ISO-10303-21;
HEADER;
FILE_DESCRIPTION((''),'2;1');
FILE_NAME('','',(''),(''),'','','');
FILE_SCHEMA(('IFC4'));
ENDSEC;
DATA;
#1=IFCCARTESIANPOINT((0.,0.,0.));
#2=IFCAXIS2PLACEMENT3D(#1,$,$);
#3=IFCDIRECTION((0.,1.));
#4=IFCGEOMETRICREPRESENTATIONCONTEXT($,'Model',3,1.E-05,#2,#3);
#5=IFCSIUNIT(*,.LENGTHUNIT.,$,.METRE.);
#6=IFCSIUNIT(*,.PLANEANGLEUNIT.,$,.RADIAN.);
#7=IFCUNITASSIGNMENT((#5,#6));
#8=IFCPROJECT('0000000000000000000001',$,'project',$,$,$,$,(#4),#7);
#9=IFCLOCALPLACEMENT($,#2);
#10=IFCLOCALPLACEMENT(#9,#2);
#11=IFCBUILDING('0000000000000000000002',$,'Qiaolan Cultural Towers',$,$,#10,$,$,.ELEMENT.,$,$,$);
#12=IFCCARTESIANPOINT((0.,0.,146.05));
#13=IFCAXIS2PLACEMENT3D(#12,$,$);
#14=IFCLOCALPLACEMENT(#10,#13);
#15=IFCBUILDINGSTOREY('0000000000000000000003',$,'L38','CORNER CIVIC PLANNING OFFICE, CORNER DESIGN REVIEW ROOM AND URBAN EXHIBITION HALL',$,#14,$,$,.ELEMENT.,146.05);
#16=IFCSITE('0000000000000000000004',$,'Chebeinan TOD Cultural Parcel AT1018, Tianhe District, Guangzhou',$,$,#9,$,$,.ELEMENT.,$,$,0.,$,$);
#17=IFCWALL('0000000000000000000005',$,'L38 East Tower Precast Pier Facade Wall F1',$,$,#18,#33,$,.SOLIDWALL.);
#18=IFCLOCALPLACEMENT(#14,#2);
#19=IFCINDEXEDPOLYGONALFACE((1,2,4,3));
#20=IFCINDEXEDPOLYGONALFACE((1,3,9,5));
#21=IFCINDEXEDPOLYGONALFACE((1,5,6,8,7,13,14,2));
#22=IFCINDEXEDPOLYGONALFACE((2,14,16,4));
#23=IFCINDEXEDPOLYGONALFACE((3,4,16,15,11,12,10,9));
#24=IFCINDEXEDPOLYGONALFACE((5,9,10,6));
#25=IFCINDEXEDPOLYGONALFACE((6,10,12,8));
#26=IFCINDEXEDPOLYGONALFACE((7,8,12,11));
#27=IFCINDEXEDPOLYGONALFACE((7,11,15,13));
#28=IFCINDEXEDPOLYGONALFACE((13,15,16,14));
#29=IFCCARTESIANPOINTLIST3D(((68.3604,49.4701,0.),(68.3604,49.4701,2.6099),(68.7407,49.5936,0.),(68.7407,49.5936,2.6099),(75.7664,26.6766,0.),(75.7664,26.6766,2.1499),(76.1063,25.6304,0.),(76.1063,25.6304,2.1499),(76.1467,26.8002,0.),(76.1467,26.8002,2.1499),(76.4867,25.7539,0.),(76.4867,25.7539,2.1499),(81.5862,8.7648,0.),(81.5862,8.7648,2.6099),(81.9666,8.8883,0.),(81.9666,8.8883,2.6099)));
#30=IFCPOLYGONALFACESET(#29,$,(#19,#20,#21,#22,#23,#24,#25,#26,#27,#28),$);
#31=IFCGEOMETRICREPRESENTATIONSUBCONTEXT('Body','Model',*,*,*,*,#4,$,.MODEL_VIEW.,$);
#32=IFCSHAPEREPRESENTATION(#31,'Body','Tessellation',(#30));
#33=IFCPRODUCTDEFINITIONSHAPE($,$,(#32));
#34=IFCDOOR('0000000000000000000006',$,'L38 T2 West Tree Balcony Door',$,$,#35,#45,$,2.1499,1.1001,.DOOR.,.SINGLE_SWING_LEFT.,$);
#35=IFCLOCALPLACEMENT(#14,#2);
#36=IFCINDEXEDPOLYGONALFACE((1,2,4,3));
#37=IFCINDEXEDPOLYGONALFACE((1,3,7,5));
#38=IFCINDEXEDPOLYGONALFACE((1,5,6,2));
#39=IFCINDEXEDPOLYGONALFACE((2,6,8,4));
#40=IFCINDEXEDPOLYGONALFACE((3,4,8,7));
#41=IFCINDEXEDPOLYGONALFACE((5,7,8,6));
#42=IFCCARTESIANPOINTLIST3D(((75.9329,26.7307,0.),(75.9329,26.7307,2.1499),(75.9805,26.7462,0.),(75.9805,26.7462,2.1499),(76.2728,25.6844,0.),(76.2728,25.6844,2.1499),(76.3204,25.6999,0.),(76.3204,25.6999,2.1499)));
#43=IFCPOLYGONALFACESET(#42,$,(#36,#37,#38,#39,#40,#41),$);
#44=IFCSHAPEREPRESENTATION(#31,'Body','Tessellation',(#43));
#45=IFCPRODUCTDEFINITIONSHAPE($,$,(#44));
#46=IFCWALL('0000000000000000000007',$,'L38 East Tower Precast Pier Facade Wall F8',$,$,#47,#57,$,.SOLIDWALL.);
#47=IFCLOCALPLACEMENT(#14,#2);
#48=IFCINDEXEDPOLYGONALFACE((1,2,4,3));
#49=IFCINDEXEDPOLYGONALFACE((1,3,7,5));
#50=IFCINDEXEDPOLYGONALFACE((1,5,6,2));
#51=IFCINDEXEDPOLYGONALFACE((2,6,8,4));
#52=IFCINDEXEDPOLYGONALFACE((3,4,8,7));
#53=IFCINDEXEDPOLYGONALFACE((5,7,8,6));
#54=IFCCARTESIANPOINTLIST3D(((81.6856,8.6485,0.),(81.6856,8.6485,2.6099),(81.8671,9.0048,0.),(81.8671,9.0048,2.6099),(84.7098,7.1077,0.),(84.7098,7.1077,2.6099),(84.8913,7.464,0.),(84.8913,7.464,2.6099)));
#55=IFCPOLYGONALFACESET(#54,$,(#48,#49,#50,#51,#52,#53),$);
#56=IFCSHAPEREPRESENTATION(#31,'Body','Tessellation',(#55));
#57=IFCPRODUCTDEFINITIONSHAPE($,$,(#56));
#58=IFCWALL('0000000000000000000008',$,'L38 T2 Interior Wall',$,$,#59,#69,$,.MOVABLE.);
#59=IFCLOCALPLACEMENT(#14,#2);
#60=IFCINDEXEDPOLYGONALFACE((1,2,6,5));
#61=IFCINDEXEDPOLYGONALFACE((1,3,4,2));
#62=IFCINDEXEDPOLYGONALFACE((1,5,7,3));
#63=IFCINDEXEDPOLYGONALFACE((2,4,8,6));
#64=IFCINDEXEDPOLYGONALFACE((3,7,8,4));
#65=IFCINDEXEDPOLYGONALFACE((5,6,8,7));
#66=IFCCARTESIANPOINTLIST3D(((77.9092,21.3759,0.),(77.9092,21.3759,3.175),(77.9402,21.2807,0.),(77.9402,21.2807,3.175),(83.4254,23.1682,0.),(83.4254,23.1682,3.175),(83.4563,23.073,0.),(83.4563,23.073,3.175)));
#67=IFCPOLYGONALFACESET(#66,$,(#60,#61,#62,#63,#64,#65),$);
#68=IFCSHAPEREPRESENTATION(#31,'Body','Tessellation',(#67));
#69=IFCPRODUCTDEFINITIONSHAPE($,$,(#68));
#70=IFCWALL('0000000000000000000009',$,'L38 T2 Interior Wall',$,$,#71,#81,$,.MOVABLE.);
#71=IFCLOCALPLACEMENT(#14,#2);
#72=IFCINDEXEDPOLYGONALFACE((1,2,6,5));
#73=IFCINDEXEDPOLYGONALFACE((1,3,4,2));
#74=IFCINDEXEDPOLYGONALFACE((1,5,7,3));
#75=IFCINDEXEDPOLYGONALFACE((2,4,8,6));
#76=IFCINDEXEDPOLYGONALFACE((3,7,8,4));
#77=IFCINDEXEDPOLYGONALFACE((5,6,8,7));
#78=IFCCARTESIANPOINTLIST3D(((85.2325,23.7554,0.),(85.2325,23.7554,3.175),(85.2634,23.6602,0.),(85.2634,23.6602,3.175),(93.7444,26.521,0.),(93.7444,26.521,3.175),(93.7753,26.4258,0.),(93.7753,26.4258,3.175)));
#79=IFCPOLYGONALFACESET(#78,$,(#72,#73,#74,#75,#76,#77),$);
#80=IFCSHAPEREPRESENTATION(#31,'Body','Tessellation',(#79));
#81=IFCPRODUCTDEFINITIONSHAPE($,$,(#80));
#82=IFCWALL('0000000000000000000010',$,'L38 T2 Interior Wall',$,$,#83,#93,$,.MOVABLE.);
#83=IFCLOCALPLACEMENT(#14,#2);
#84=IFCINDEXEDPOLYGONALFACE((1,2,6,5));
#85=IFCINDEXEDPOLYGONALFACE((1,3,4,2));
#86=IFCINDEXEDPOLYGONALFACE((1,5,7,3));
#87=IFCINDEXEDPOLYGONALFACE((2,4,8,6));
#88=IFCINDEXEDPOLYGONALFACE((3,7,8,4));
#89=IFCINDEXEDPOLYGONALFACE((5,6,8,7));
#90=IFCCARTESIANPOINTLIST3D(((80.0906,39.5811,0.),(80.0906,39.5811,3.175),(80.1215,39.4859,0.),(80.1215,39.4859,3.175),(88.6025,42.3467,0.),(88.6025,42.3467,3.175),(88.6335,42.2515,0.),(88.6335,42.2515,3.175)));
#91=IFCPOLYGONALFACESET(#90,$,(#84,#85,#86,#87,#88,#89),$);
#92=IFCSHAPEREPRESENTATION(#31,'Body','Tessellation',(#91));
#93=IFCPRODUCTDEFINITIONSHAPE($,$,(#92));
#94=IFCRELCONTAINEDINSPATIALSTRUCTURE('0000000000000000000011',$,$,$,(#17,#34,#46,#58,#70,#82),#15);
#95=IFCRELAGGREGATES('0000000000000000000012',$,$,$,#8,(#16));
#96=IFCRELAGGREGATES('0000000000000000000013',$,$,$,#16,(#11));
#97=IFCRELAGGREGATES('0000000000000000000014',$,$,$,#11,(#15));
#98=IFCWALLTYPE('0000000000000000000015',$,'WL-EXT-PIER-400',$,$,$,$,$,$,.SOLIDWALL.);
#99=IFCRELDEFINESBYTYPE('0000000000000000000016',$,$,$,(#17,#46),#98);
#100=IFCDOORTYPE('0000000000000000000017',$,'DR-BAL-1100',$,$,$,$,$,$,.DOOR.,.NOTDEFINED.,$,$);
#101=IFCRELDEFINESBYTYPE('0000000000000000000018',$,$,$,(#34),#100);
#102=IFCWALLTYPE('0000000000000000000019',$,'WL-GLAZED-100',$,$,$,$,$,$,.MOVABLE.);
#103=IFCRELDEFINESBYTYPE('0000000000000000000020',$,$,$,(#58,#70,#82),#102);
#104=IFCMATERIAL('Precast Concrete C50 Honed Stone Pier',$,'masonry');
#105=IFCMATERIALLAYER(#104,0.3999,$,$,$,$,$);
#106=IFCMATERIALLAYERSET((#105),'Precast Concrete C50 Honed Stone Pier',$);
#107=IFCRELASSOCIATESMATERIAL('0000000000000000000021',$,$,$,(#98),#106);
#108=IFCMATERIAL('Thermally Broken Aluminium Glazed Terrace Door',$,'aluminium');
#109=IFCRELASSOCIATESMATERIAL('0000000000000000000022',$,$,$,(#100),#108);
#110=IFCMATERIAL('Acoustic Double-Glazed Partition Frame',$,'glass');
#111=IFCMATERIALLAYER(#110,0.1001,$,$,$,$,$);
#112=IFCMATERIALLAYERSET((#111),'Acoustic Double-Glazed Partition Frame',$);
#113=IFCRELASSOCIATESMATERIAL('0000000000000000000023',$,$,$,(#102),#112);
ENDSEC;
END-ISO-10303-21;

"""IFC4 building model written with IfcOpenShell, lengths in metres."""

from ifc_helpers import new_model, si_unit, direction, frame, frame_2d, origin, place, context, subcontext, project, spatial, rectangle, extrude, material, layer, layer_set, type_object, element, fill, save


model = new_model("IFC4")

# Units and contexts
model_context = context("Model", 3, precision=1e-05, world=origin(), true_north=direction((0.0, 1.0)))
body_context = subcontext(model_context, "Body", "Model", "MODEL_VIEW")
ifc_project = project(units=[si_unit("LENGTHUNIT", "METRE"), si_unit("PLANEANGLEUNIT", "RADIAN")], contexts=[model_context])

# Site, building, storey
site_placement = place(None, origin())
site = spatial("IfcSite", under=ifc_project, at=site_placement, Name="Chebeinan TOD Cultural Parcel AT1018, Tianhe District, Guangzhou", CompositionType="ELEMENT", RefElevation=0.0)
building_placement = place(site_placement, origin())
building = spatial("IfcBuilding", under=site, at=building_placement, Name="Qiaolan Cultural Towers", CompositionType="ELEMENT")
storey_placement = place(building_placement, frame((0.0, 0.0, 146.05)))
storey = spatial("IfcBuildingStorey", under=building, at=storey_placement, Name="L38", Description="CORNER CIVIC PLANNING OFFICE, CORNER DESIGN REVIEW ROOM AND URBAN EXHIBITION HALL", CompositionType="ELEMENT", Elevation=146.05)

# Wall, opening, door
ifc_material_1 = material(Name="Precast Concrete C50 Honed Stone Pier", Category="masonry")
ifc_layer_1 = layer(ifc_material_1, 0.3999)
ifc_layer_set_1 = layer_set([ifc_layer_1], Name="Precast Concrete C50 Honed Stone Pier")
wall_type_1 = type_object("IfcWallType", Name="WL-EXT-PIER-400", PredefinedType="SOLIDWALL", material=ifc_layer_set_1)
wall_1_placement = place(storey_placement, frame((81.7764, 8.8267, 0.0), z_axis=(0.0, 0.0, 1.0), x_axis=(-0.309014, 0.951057, 0.0)))
wall_1 = element("IfcWall", 1, at=wall_1_placement, inside=storey, type_object=wall_type_1, Name="L38 East Tower Precast Pier Facade Wall F1", PredefinedType="SOLIDWALL", context=body_context, shape_type="SweptSolid", body=[
    extrude(rectangle(XDim=42.8, YDim=0.3999, at=frame_2d((21.3999, 0.0))), origin(), (0.0, 0.0, 1.0), 2.6099),
])
opening_1_placement = place(wall_1_placement, frame((17.7334, 0.0, 0.0)))
opening_1 = element("IfcOpeningElement", 2, at=opening_1_placement, cuts=wall_1, PredefinedType="OPENING", context=body_context, shape_type="SweptSolid", body=[
    extrude(rectangle(XDim=1.1001, YDim=2.1499, at=frame_2d((0.55, 1.075))), frame((0.0, 0.21, 0.0), z_axis=(0.0, -1.0, 0.0), x_axis=(1.0, 0.0, 0.0)), (0.0, 0.0, 1.0), 0.4199),
])
ifc_material_2 = material(Name="Thermally Broken Aluminium Glazed Terrace Door", Category="aluminium")
door_type_1 = type_object("IfcDoorType", Name="DR-BAL-1100", OperationType="NOTDEFINED", PredefinedType="DOOR", material=ifc_material_2)
door_1_placement = place(opening_1_placement, origin())
door_1 = element("IfcDoor", 3, at=door_1_placement, inside=storey, type_object=door_type_1, Name="L38 T2 West Tree Balcony Door", OperationType="SINGLE_SWING_LEFT", OverallHeight=2.1499, OverallWidth=1.1001, PredefinedType="DOOR", context=body_context, shape_type="SweptSolid", body=[
    extrude(rectangle(XDim=1.1001, YDim=2.1499, at=frame_2d((0.55, 1.075))), frame((0.0, 0.0249, 0.0), z_axis=(0.0, -1.0, 0.0), x_axis=(1.0, 0.0, 0.0)), (0.0, 0.0, 1.0), 0.05),
])
fill(opening_1, door_1)

# Walls
wall_2_placement = place(storey_placement, frame((84.8005, 7.2859, 0.0), z_axis=(0.0, 0.0, 1.0), x_axis=(-0.891021, 0.453962, 0.0)))
element("IfcWall", 4, at=wall_2_placement, inside=storey, type_object=wall_type_1, Name="L38 East Tower Precast Pier Facade Wall F8", PredefinedType="SOLIDWALL", context=body_context, shape_type="SweptSolid", body=[
    extrude(rectangle(XDim=3.394, YDim=0.3999, at=frame_2d((1.697, 0.0))), origin(), (0.0, 0.0, 1.0), 2.6099),
])
ifc_material_3 = material(Name="Acoustic Double-Glazed Partition Frame", Category="glass")
ifc_layer_2 = layer(ifc_material_3, 0.1001)
ifc_layer_set_2 = layer_set([ifc_layer_2], Name="Acoustic Double-Glazed Partition Frame")
wall_type_2 = type_object("IfcWallType", Name="WL-GLAZED-100", PredefinedType="MOVABLE", material=ifc_layer_set_2)
wall_3_placement = place(storey_placement, frame((77.9248, 21.3284, 0.0), z_axis=(0.0, 0.0, 1.0), x_axis=(0.951059, 0.309008, 0.0)))
element("IfcWall", 5, at=wall_3_placement, inside=storey, type_object=wall_type_2, Name="L38 T2 Interior Wall", PredefinedType="MOVABLE", context=body_context, shape_type="SweptSolid", body=[
    extrude(rectangle(XDim=5.8, YDim=0.1001, at=frame_2d((2.8999, 0.0))), origin(), (0.0, 0.0, 1.0), 3.175),
])
for number, where, z_axis, x_axis, name in (
    (6, (85.2478, 23.7078, 0.0), (0.0, 0.0, 1.0), (0.951059, 0.309009, 0.0), "L38 T2 Interior Wall"),
    (7, (80.106, 39.5334, 0.0), (0.0, 0.0, 1.0), (0.951059, 0.309009, 0.0), "L38 T2 Interior Wall"),
):
    element("IfcWall", number, at=place(storey_placement, frame(where, z_axis=z_axis, x_axis=x_axis)), inside=storey, type_object=wall_type_2, Name=name, PredefinedType="MOVABLE", context=body_context, shape_type="SweptSolid", body=[
        extrude(rectangle(XDim=8.95, YDim=0.1001, at=frame_2d((4.4751, 0.0))), origin(), (0.0, 0.0, 1.0), 3.175),
    ])

save(model, "model.ifc")
